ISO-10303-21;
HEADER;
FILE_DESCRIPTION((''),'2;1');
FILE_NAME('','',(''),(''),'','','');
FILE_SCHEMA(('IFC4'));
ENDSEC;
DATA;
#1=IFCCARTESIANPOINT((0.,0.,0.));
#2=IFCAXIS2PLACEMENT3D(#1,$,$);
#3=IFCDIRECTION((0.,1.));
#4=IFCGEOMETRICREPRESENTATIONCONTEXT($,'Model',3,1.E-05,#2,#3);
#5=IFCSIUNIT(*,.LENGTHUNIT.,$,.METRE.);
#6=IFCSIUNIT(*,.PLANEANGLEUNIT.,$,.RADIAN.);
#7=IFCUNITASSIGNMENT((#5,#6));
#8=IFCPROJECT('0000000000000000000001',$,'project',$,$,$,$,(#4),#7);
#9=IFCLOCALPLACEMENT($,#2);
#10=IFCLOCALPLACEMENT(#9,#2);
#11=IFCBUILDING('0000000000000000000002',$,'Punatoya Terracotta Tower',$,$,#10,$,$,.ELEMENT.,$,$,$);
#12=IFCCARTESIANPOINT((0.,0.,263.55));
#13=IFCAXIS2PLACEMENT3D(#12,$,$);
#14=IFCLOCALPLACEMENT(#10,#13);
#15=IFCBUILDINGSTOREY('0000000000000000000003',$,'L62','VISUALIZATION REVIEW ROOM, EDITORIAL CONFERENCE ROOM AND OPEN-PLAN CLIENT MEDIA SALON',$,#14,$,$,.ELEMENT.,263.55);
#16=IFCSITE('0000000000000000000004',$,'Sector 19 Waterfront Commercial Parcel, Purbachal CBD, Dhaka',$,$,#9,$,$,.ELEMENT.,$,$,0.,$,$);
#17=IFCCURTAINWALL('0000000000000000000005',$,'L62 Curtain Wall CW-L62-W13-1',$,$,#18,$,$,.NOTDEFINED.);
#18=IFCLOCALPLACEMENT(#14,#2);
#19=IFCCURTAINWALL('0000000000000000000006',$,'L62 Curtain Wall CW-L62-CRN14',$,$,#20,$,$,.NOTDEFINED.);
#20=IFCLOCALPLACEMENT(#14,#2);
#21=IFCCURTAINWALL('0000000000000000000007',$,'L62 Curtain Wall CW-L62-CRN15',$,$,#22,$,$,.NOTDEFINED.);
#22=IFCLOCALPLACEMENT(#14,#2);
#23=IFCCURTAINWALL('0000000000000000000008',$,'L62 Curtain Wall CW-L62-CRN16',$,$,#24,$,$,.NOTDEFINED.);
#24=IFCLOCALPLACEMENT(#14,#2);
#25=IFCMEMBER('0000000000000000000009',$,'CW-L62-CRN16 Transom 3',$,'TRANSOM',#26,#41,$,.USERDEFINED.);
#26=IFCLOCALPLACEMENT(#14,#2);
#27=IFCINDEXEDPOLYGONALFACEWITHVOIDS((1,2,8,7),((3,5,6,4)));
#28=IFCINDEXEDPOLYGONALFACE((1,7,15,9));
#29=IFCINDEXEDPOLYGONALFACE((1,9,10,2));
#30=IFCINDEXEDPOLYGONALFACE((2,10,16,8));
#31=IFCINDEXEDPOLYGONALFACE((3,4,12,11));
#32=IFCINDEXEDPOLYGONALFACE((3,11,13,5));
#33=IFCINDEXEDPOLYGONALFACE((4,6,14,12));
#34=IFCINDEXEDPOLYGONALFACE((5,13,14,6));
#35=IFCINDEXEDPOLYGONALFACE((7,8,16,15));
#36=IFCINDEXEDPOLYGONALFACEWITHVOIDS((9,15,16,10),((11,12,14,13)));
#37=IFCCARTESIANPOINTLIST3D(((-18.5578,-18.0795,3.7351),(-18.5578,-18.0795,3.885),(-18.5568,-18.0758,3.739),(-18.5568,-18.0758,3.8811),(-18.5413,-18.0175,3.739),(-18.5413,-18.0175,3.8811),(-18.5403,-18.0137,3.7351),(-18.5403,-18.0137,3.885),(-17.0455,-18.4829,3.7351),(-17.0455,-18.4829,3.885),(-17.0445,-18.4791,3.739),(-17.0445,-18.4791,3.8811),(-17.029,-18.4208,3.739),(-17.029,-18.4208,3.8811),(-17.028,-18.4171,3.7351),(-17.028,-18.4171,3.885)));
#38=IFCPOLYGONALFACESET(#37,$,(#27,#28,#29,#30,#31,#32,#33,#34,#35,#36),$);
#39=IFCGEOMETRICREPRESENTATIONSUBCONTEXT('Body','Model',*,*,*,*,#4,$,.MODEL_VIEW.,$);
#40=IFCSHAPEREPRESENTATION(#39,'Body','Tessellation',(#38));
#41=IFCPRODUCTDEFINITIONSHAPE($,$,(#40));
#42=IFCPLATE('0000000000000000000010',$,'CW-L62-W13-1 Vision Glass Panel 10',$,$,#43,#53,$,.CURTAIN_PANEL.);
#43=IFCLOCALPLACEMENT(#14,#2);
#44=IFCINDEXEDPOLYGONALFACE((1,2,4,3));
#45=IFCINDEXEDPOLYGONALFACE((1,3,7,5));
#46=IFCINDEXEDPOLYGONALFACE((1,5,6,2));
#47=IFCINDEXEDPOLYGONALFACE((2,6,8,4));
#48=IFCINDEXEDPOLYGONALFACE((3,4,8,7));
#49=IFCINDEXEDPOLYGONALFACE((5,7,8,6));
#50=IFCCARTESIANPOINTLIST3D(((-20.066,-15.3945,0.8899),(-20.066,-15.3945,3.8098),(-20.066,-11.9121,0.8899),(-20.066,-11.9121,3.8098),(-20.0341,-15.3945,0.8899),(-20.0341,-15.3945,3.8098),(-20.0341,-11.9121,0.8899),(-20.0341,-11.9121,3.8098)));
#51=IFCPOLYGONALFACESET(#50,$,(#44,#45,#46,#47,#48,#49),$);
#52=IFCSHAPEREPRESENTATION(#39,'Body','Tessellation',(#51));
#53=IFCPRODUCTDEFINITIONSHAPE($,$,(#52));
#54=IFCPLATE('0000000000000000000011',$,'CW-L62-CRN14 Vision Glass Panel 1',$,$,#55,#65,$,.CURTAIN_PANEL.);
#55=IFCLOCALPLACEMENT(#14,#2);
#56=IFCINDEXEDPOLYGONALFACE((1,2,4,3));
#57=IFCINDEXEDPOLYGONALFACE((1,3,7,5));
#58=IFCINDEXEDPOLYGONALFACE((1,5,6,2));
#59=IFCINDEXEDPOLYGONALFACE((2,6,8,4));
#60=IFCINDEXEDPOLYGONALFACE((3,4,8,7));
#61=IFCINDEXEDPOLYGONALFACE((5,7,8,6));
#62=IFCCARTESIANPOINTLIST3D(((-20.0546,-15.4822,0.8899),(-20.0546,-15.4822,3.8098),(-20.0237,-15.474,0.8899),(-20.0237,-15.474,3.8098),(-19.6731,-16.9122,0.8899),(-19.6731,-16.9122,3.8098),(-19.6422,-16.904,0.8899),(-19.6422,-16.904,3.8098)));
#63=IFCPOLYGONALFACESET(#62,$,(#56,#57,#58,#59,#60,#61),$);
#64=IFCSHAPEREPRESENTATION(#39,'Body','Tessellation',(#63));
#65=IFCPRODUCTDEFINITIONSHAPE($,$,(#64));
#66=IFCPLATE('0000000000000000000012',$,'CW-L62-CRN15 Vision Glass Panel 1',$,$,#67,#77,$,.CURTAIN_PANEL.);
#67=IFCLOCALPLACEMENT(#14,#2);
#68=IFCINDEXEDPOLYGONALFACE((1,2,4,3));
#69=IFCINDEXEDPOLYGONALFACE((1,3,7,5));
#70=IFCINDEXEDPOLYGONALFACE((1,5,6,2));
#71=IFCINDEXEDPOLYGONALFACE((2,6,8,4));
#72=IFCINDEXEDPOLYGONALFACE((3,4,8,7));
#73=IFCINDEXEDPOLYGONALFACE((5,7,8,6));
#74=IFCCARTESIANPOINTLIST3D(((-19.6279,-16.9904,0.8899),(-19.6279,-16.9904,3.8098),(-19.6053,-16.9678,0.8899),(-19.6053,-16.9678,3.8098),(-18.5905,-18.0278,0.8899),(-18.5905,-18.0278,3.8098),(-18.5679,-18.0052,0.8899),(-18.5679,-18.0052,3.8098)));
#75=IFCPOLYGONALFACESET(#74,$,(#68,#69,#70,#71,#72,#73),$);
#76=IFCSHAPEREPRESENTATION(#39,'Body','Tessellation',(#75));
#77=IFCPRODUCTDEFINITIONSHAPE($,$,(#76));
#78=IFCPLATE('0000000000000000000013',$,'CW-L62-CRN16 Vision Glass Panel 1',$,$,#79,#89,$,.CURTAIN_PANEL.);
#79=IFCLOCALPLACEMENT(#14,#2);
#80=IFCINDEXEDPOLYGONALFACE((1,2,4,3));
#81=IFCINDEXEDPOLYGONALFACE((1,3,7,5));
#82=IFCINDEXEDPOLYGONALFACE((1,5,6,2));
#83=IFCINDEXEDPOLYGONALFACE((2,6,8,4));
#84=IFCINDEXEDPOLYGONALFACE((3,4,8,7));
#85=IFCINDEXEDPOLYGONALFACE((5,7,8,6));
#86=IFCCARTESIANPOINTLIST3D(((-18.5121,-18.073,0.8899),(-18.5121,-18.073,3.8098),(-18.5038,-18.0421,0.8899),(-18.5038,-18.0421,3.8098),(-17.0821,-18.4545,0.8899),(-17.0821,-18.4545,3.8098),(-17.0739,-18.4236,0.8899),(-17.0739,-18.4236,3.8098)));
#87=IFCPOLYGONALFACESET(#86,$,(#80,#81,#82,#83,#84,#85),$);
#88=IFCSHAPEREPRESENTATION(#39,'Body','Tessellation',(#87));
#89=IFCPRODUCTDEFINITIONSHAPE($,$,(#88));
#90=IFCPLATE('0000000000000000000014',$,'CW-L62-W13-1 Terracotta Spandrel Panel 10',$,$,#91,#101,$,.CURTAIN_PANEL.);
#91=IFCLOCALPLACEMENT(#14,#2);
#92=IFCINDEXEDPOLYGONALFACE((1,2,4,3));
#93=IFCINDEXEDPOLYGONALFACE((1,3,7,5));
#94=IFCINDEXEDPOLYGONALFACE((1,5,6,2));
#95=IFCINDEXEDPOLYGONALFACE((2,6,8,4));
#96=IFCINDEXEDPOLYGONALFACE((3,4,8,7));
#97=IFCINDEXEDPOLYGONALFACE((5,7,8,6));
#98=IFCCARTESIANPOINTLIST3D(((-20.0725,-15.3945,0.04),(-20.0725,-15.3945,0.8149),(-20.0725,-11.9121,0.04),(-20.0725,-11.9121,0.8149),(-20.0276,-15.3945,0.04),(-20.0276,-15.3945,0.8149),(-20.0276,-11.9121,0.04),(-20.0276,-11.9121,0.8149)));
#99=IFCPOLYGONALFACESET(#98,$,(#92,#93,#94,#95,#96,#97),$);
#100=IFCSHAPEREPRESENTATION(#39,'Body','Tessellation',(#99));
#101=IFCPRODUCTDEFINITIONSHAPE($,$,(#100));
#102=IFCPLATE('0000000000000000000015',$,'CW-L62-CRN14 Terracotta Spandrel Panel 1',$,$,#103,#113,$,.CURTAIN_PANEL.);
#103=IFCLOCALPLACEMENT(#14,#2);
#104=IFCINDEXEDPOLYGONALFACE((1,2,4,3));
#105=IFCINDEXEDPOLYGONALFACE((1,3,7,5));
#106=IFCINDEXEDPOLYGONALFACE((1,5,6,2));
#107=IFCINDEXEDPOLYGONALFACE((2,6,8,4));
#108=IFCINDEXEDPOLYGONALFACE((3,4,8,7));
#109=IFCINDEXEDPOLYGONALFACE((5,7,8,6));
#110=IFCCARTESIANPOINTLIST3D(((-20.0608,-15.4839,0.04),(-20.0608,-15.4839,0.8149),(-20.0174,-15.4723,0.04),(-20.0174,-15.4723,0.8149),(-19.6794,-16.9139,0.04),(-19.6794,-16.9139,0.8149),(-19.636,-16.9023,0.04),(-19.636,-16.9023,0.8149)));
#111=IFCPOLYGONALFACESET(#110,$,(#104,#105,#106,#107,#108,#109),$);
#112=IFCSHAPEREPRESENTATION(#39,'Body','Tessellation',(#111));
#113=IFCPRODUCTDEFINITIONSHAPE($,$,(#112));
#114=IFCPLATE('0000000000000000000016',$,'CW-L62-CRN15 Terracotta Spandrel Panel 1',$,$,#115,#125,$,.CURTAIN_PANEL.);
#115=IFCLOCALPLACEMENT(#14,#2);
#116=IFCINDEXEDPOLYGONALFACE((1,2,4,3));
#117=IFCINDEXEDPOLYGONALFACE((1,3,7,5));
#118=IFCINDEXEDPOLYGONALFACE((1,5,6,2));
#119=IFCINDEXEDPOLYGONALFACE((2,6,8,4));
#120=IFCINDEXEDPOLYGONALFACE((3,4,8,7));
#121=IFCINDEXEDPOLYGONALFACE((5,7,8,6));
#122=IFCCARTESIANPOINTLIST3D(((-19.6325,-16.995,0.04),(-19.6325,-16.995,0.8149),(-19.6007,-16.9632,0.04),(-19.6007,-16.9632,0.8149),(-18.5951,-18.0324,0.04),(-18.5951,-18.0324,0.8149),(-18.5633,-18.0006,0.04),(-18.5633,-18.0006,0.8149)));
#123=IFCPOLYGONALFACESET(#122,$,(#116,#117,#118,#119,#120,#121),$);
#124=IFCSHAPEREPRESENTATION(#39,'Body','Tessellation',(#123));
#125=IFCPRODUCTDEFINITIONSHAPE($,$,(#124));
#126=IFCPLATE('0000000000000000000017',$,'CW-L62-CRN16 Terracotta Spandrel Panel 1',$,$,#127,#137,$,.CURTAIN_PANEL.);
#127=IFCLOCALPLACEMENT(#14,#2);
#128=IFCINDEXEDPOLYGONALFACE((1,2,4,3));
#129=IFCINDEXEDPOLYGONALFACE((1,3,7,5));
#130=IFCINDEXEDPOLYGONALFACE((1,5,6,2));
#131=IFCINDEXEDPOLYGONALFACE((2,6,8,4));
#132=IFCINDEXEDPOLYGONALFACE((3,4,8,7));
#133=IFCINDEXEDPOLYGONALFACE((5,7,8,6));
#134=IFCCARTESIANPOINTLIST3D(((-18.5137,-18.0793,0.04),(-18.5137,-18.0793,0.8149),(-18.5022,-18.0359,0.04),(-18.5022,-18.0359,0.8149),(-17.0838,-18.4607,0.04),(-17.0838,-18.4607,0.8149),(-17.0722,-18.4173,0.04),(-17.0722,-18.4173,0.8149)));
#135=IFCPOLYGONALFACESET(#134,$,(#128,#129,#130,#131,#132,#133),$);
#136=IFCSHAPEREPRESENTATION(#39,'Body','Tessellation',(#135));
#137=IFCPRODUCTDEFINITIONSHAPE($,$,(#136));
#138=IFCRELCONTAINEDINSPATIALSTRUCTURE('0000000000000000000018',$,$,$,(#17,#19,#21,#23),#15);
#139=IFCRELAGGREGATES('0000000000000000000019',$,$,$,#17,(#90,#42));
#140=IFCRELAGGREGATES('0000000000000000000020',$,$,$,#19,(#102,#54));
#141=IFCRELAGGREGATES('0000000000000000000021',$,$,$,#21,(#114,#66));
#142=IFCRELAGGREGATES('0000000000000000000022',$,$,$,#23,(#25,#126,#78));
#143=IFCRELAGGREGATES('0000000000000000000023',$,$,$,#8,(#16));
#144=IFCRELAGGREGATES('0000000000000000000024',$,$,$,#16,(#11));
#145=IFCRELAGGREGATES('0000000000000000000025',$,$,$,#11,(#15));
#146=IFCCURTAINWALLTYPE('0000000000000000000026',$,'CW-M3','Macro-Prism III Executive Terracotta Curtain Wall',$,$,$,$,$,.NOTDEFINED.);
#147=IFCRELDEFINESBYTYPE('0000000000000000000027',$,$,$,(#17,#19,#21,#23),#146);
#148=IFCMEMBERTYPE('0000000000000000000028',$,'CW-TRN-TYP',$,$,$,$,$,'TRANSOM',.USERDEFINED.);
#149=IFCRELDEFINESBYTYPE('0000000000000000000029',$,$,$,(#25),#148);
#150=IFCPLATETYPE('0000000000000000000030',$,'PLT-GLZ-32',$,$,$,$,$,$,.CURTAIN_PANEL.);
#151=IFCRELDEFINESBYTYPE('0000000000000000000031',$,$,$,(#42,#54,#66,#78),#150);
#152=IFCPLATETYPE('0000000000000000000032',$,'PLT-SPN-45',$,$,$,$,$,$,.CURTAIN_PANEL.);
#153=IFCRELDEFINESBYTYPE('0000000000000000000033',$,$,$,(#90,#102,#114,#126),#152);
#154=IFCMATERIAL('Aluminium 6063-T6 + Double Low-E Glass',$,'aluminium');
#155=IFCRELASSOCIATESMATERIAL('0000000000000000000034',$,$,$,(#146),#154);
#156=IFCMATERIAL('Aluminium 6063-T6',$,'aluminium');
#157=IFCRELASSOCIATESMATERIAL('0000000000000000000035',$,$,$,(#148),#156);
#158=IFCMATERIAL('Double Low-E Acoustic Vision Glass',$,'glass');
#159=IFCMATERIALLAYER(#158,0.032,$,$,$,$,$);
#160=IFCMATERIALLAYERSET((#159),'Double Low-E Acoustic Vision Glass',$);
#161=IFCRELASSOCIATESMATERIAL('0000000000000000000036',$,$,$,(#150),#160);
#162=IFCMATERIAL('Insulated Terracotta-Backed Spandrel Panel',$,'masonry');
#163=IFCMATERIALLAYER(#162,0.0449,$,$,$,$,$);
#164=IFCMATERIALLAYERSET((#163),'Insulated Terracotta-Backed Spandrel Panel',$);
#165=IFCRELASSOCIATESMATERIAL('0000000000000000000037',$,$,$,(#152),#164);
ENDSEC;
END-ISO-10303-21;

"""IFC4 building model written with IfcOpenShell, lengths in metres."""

from ifc_helpers import new_model, si_unit, direction, frame, origin, origin_2d, place, context, subcontext, project, spatial, rectangle, hollow_rectangle, extrude, material, layer, layer_set, material_profile, profile_set, type_object, element, aggregate, save


model = new_model("IFC4")

# Units and contexts
model_context = context("Model", 3, precision=1e-05, world=origin(), true_north=direction((0.0, 1.0)))
body_context = subcontext(model_context, "Body", "Model", "MODEL_VIEW")
ifc_project = project(units=[si_unit("LENGTHUNIT", "METRE"), si_unit("PLANEANGLEUNIT", "RADIAN")], contexts=[model_context])

# Site, building, storey
site_placement = place(None, origin())
site = spatial("IfcSite", under=ifc_project, at=site_placement, Name="Sector 19 Waterfront Commercial Parcel, Purbachal CBD, Dhaka", CompositionType="ELEMENT", RefElevation=0.0)
building_placement = place(site_placement, origin())
building = spatial("IfcBuilding", under=site, at=building_placement, Name="Punatoya Terracotta Tower", CompositionType="ELEMENT")
storey_placement = place(building_placement, frame((0.0, 0.0, 263.55)))
storey = spatial("IfcBuildingStorey", under=building, at=storey_placement, Name="L62", Description="VISUALIZATION REVIEW ROOM, EDITORIAL CONFERENCE ROOM AND OPEN-PLAN CLIENT MEDIA SALON", CompositionType="ELEMENT", Elevation=263.55)

# Curtain wall
ifc_material_1 = material(Name="Aluminium 6063-T6 + Double Low-E Glass", Category="aluminium")
curtain_wall_type = type_object("IfcCurtainWallType", Name="CW-M3", Description="Macro-Prism III Executive Terracotta Curtain Wall", PredefinedType="NOTDEFINED", material=ifc_material_1)
curtain_wall_1_placement = place(storey_placement, origin())
curtain_wall_1 = element("IfcCurtainWall", 1, at=curtain_wall_1_placement, inside=storey, type_object=curtain_wall_type, Name="L62 Curtain Wall CW-L62-W13-1", PredefinedType="NOTDEFINED")
ifc_material_2 = material(Name="Aluminium 6063-T6", Category="aluminium")

# Curtain walls
curtain_wall_2_placement = place(storey_placement, origin())
curtain_wall_2 = element("IfcCurtainWall", 2, at=curtain_wall_2_placement, inside=storey, type_object=curtain_wall_type, Name="L62 Curtain Wall CW-L62-CRN14", PredefinedType="NOTDEFINED")
curtain_wall_3_placement = place(storey_placement, origin())
curtain_wall_3 = element("IfcCurtainWall", 3, at=curtain_wall_3_placement, inside=storey, type_object=curtain_wall_type, Name="L62 Curtain Wall CW-L62-CRN15", PredefinedType="NOTDEFINED")
curtain_wall_4_placement = place(storey_placement, origin())
curtain_wall_4 = element("IfcCurtainWall", 4, at=curtain_wall_4_placement, inside=storey, type_object=curtain_wall_type, Name="L62 Curtain Wall CW-L62-CRN16", PredefinedType="NOTDEFINED")

# Member
ifc_material_profile_1 = material_profile(ifc_material_2, hollow_rectangle(XDim=0.0681, YDim=0.1499, WallThickness=0.0039, at=origin_2d()))
ifc_profile_set_1 = profile_set([ifc_material_profile_1], Name="Aluminium 6063-T6")
member_type_1 = type_object("IfcMemberType", Name="CW-TRN-TYP", ElementType="TRANSOM", PredefinedType="USERDEFINED", material=ifc_profile_set_1)
member_1_placement = place(storey_placement, frame((-18.5491, -18.0466, 3.8101), z_axis=(0.966225, -0.257701, 0.0), x_axis=(0.257701, 0.966225, 0.0)))
member_1 = element("IfcMember", 5, at=member_1_placement, type_object=member_type_1, Name="CW-L62-CRN16 Transom 3", ObjectType="TRANSOM", PredefinedType="USERDEFINED", context=body_context, shape_type="SweptSolid", body=[
    extrude(hollow_rectangle(XDim=0.0681, YDim=0.1499, WallThickness=0.0039, at=origin_2d()), origin(), (0.0, 0.0, 1.0), 1.5652),
])

# Plates
ifc_material_3 = material(Name="Double Low-E Acoustic Vision Glass", Category="glass")
ifc_layer_1 = layer(ifc_material_3, 0.032)
ifc_layer_set_1 = layer_set([ifc_layer_1], Name="Double Low-E Acoustic Vision Glass")
plate_type_1 = type_object("IfcPlateType", Name="PLT-GLZ-32", PredefinedType="CURTAIN_PANEL", material=ifc_layer_set_1)
plate_1_placement = place(storey_placement, frame((-20.05, -13.6533, 0.8899), z_axis=(0.0, 0.0, 1.0), x_axis=(0.0, -1.0, 0.0)))
plate_1 = element("IfcPlate", 6, at=plate_1_placement, type_object=plate_type_1, Name="CW-L62-W13-1 Vision Glass Panel 10", PredefinedType="CURTAIN_PANEL", context=body_context, shape_type="SweptSolid", body=[
    extrude(rectangle(XDim=3.4824, YDim=0.032, at=origin_2d()), origin(), (0.0, 0.0, 1.0), 2.9199),
])
plate_2_placement = place(storey_placement, frame((-19.8484, -16.1931, 0.8899), z_axis=(0.0, 0.0, 1.0), x_axis=(0.257742, -0.966214, 0.0)))
plate_2 = element("IfcPlate", 7, at=plate_2_placement, type_object=plate_type_1, Name="CW-L62-CRN14 Vision Glass Panel 1", PredefinedType="CURTAIN_PANEL", context=body_context, shape_type="SweptSolid", body=[
    extrude(rectangle(XDim=1.48, YDim=0.032, at=origin_2d()), origin(), (0.0, 0.0, 1.0), 2.9199),
])
plate_3_placement = place(storey_placement, frame((-19.0979, -17.4978, 0.8899), z_axis=(0.0, 0.0, 1.0), x_axis=(0.707107, -0.707107, 0.0)))
plate_3 = element("IfcPlate", 8, at=plate_3_placement, type_object=plate_type_1, Name="CW-L62-CRN15 Vision Glass Panel 1", PredefinedType="CURTAIN_PANEL", context=body_context, shape_type="SweptSolid", body=[
    extrude(rectangle(XDim=1.467, YDim=0.032, at=origin_2d()), origin(), (0.0, 0.0, 1.0), 2.9199),
])
plate_4_placement = place(storey_placement, frame((-17.793, -18.2483, 0.8899), z_axis=(0.0, 0.0, 1.0), x_axis=(0.966214, -0.257742, 0.0)))
plate_4 = element("IfcPlate", 9, at=plate_4_placement, type_object=plate_type_1, Name="CW-L62-CRN16 Vision Glass Panel 1", PredefinedType="CURTAIN_PANEL", context=body_context, shape_type="SweptSolid", body=[
    extrude(rectangle(XDim=1.48, YDim=0.032, at=origin_2d()), origin(), (0.0, 0.0, 1.0), 2.9199),
])
ifc_material_4 = material(Name="Insulated Terracotta-Backed Spandrel Panel", Category="masonry")
ifc_layer_2 = layer(ifc_material_4, 0.0449)
ifc_layer_set_2 = layer_set([ifc_layer_2], Name="Insulated Terracotta-Backed Spandrel Panel")
plate_type_2 = type_object("IfcPlateType", Name="PLT-SPN-45", PredefinedType="CURTAIN_PANEL", material=ifc_layer_set_2)
plate_5_placement = place(storey_placement, frame((-20.05, -13.6533, 0.04), z_axis=(0.0, 0.0, 1.0), x_axis=(0.0, -1.0, 0.0)))
plate_5 = element("IfcPlate", 10, at=plate_5_placement, type_object=plate_type_2, Name="CW-L62-W13-1 Terracotta Spandrel Panel 10", PredefinedType="CURTAIN_PANEL", context=body_context, shape_type="SweptSolid", body=[
    extrude(rectangle(XDim=3.4824, YDim=0.0449, at=origin_2d()), origin(), (0.0, 0.0, 1.0), 0.7749),
])
aggregate(curtain_wall_1, [plate_5, plate_1])
plate_6_placement = place(storey_placement, frame((-19.8484, -16.1931, 0.04), z_axis=(0.0, 0.0, 1.0), x_axis=(0.257742, -0.966214, 0.0)))
plate_6 = element("IfcPlate", 11, at=plate_6_placement, type_object=plate_type_2, Name="CW-L62-CRN14 Terracotta Spandrel Panel 1", PredefinedType="CURTAIN_PANEL", context=body_context, shape_type="SweptSolid", body=[
    extrude(rectangle(XDim=1.48, YDim=0.0449, at=origin_2d()), origin(), (0.0, 0.0, 1.0), 0.7749),
])
aggregate(curtain_wall_2, [plate_6, plate_2])
plate_7_placement = place(storey_placement, frame((-19.0979, -17.4978, 0.04), z_axis=(0.0, 0.0, 1.0), x_axis=(0.707107, -0.707107, 0.0)))
plate_7 = element("IfcPlate", 12, at=plate_7_placement, type_object=plate_type_2, Name="CW-L62-CRN15 Terracotta Spandrel Panel 1", PredefinedType="CURTAIN_PANEL", context=body_context, shape_type="SweptSolid", body=[
    extrude(rectangle(XDim=1.467, YDim=0.0449, at=origin_2d()), origin(), (0.0, 0.0, 1.0), 0.7749),
])
aggregate(curtain_wall_3, [plate_7, plate_3])
plate_8_placement = place(storey_placement, frame((-17.793, -18.2483, 0.04), z_axis=(0.0, 0.0, 1.0), x_axis=(0.966214, -0.257742, 0.0)))
plate_8 = element("IfcPlate", 13, at=plate_8_placement, type_object=plate_type_2, Name="CW-L62-CRN16 Terracotta Spandrel Panel 1", PredefinedType="CURTAIN_PANEL", context=body_context, shape_type="SweptSolid", body=[
    extrude(rectangle(XDim=1.48, YDim=0.0449, at=origin_2d()), origin(), (0.0, 0.0, 1.0), 0.7749),
])
aggregate(curtain_wall_4, [member_1, plate_8, plate_4])

save(model, "model.ifc")
